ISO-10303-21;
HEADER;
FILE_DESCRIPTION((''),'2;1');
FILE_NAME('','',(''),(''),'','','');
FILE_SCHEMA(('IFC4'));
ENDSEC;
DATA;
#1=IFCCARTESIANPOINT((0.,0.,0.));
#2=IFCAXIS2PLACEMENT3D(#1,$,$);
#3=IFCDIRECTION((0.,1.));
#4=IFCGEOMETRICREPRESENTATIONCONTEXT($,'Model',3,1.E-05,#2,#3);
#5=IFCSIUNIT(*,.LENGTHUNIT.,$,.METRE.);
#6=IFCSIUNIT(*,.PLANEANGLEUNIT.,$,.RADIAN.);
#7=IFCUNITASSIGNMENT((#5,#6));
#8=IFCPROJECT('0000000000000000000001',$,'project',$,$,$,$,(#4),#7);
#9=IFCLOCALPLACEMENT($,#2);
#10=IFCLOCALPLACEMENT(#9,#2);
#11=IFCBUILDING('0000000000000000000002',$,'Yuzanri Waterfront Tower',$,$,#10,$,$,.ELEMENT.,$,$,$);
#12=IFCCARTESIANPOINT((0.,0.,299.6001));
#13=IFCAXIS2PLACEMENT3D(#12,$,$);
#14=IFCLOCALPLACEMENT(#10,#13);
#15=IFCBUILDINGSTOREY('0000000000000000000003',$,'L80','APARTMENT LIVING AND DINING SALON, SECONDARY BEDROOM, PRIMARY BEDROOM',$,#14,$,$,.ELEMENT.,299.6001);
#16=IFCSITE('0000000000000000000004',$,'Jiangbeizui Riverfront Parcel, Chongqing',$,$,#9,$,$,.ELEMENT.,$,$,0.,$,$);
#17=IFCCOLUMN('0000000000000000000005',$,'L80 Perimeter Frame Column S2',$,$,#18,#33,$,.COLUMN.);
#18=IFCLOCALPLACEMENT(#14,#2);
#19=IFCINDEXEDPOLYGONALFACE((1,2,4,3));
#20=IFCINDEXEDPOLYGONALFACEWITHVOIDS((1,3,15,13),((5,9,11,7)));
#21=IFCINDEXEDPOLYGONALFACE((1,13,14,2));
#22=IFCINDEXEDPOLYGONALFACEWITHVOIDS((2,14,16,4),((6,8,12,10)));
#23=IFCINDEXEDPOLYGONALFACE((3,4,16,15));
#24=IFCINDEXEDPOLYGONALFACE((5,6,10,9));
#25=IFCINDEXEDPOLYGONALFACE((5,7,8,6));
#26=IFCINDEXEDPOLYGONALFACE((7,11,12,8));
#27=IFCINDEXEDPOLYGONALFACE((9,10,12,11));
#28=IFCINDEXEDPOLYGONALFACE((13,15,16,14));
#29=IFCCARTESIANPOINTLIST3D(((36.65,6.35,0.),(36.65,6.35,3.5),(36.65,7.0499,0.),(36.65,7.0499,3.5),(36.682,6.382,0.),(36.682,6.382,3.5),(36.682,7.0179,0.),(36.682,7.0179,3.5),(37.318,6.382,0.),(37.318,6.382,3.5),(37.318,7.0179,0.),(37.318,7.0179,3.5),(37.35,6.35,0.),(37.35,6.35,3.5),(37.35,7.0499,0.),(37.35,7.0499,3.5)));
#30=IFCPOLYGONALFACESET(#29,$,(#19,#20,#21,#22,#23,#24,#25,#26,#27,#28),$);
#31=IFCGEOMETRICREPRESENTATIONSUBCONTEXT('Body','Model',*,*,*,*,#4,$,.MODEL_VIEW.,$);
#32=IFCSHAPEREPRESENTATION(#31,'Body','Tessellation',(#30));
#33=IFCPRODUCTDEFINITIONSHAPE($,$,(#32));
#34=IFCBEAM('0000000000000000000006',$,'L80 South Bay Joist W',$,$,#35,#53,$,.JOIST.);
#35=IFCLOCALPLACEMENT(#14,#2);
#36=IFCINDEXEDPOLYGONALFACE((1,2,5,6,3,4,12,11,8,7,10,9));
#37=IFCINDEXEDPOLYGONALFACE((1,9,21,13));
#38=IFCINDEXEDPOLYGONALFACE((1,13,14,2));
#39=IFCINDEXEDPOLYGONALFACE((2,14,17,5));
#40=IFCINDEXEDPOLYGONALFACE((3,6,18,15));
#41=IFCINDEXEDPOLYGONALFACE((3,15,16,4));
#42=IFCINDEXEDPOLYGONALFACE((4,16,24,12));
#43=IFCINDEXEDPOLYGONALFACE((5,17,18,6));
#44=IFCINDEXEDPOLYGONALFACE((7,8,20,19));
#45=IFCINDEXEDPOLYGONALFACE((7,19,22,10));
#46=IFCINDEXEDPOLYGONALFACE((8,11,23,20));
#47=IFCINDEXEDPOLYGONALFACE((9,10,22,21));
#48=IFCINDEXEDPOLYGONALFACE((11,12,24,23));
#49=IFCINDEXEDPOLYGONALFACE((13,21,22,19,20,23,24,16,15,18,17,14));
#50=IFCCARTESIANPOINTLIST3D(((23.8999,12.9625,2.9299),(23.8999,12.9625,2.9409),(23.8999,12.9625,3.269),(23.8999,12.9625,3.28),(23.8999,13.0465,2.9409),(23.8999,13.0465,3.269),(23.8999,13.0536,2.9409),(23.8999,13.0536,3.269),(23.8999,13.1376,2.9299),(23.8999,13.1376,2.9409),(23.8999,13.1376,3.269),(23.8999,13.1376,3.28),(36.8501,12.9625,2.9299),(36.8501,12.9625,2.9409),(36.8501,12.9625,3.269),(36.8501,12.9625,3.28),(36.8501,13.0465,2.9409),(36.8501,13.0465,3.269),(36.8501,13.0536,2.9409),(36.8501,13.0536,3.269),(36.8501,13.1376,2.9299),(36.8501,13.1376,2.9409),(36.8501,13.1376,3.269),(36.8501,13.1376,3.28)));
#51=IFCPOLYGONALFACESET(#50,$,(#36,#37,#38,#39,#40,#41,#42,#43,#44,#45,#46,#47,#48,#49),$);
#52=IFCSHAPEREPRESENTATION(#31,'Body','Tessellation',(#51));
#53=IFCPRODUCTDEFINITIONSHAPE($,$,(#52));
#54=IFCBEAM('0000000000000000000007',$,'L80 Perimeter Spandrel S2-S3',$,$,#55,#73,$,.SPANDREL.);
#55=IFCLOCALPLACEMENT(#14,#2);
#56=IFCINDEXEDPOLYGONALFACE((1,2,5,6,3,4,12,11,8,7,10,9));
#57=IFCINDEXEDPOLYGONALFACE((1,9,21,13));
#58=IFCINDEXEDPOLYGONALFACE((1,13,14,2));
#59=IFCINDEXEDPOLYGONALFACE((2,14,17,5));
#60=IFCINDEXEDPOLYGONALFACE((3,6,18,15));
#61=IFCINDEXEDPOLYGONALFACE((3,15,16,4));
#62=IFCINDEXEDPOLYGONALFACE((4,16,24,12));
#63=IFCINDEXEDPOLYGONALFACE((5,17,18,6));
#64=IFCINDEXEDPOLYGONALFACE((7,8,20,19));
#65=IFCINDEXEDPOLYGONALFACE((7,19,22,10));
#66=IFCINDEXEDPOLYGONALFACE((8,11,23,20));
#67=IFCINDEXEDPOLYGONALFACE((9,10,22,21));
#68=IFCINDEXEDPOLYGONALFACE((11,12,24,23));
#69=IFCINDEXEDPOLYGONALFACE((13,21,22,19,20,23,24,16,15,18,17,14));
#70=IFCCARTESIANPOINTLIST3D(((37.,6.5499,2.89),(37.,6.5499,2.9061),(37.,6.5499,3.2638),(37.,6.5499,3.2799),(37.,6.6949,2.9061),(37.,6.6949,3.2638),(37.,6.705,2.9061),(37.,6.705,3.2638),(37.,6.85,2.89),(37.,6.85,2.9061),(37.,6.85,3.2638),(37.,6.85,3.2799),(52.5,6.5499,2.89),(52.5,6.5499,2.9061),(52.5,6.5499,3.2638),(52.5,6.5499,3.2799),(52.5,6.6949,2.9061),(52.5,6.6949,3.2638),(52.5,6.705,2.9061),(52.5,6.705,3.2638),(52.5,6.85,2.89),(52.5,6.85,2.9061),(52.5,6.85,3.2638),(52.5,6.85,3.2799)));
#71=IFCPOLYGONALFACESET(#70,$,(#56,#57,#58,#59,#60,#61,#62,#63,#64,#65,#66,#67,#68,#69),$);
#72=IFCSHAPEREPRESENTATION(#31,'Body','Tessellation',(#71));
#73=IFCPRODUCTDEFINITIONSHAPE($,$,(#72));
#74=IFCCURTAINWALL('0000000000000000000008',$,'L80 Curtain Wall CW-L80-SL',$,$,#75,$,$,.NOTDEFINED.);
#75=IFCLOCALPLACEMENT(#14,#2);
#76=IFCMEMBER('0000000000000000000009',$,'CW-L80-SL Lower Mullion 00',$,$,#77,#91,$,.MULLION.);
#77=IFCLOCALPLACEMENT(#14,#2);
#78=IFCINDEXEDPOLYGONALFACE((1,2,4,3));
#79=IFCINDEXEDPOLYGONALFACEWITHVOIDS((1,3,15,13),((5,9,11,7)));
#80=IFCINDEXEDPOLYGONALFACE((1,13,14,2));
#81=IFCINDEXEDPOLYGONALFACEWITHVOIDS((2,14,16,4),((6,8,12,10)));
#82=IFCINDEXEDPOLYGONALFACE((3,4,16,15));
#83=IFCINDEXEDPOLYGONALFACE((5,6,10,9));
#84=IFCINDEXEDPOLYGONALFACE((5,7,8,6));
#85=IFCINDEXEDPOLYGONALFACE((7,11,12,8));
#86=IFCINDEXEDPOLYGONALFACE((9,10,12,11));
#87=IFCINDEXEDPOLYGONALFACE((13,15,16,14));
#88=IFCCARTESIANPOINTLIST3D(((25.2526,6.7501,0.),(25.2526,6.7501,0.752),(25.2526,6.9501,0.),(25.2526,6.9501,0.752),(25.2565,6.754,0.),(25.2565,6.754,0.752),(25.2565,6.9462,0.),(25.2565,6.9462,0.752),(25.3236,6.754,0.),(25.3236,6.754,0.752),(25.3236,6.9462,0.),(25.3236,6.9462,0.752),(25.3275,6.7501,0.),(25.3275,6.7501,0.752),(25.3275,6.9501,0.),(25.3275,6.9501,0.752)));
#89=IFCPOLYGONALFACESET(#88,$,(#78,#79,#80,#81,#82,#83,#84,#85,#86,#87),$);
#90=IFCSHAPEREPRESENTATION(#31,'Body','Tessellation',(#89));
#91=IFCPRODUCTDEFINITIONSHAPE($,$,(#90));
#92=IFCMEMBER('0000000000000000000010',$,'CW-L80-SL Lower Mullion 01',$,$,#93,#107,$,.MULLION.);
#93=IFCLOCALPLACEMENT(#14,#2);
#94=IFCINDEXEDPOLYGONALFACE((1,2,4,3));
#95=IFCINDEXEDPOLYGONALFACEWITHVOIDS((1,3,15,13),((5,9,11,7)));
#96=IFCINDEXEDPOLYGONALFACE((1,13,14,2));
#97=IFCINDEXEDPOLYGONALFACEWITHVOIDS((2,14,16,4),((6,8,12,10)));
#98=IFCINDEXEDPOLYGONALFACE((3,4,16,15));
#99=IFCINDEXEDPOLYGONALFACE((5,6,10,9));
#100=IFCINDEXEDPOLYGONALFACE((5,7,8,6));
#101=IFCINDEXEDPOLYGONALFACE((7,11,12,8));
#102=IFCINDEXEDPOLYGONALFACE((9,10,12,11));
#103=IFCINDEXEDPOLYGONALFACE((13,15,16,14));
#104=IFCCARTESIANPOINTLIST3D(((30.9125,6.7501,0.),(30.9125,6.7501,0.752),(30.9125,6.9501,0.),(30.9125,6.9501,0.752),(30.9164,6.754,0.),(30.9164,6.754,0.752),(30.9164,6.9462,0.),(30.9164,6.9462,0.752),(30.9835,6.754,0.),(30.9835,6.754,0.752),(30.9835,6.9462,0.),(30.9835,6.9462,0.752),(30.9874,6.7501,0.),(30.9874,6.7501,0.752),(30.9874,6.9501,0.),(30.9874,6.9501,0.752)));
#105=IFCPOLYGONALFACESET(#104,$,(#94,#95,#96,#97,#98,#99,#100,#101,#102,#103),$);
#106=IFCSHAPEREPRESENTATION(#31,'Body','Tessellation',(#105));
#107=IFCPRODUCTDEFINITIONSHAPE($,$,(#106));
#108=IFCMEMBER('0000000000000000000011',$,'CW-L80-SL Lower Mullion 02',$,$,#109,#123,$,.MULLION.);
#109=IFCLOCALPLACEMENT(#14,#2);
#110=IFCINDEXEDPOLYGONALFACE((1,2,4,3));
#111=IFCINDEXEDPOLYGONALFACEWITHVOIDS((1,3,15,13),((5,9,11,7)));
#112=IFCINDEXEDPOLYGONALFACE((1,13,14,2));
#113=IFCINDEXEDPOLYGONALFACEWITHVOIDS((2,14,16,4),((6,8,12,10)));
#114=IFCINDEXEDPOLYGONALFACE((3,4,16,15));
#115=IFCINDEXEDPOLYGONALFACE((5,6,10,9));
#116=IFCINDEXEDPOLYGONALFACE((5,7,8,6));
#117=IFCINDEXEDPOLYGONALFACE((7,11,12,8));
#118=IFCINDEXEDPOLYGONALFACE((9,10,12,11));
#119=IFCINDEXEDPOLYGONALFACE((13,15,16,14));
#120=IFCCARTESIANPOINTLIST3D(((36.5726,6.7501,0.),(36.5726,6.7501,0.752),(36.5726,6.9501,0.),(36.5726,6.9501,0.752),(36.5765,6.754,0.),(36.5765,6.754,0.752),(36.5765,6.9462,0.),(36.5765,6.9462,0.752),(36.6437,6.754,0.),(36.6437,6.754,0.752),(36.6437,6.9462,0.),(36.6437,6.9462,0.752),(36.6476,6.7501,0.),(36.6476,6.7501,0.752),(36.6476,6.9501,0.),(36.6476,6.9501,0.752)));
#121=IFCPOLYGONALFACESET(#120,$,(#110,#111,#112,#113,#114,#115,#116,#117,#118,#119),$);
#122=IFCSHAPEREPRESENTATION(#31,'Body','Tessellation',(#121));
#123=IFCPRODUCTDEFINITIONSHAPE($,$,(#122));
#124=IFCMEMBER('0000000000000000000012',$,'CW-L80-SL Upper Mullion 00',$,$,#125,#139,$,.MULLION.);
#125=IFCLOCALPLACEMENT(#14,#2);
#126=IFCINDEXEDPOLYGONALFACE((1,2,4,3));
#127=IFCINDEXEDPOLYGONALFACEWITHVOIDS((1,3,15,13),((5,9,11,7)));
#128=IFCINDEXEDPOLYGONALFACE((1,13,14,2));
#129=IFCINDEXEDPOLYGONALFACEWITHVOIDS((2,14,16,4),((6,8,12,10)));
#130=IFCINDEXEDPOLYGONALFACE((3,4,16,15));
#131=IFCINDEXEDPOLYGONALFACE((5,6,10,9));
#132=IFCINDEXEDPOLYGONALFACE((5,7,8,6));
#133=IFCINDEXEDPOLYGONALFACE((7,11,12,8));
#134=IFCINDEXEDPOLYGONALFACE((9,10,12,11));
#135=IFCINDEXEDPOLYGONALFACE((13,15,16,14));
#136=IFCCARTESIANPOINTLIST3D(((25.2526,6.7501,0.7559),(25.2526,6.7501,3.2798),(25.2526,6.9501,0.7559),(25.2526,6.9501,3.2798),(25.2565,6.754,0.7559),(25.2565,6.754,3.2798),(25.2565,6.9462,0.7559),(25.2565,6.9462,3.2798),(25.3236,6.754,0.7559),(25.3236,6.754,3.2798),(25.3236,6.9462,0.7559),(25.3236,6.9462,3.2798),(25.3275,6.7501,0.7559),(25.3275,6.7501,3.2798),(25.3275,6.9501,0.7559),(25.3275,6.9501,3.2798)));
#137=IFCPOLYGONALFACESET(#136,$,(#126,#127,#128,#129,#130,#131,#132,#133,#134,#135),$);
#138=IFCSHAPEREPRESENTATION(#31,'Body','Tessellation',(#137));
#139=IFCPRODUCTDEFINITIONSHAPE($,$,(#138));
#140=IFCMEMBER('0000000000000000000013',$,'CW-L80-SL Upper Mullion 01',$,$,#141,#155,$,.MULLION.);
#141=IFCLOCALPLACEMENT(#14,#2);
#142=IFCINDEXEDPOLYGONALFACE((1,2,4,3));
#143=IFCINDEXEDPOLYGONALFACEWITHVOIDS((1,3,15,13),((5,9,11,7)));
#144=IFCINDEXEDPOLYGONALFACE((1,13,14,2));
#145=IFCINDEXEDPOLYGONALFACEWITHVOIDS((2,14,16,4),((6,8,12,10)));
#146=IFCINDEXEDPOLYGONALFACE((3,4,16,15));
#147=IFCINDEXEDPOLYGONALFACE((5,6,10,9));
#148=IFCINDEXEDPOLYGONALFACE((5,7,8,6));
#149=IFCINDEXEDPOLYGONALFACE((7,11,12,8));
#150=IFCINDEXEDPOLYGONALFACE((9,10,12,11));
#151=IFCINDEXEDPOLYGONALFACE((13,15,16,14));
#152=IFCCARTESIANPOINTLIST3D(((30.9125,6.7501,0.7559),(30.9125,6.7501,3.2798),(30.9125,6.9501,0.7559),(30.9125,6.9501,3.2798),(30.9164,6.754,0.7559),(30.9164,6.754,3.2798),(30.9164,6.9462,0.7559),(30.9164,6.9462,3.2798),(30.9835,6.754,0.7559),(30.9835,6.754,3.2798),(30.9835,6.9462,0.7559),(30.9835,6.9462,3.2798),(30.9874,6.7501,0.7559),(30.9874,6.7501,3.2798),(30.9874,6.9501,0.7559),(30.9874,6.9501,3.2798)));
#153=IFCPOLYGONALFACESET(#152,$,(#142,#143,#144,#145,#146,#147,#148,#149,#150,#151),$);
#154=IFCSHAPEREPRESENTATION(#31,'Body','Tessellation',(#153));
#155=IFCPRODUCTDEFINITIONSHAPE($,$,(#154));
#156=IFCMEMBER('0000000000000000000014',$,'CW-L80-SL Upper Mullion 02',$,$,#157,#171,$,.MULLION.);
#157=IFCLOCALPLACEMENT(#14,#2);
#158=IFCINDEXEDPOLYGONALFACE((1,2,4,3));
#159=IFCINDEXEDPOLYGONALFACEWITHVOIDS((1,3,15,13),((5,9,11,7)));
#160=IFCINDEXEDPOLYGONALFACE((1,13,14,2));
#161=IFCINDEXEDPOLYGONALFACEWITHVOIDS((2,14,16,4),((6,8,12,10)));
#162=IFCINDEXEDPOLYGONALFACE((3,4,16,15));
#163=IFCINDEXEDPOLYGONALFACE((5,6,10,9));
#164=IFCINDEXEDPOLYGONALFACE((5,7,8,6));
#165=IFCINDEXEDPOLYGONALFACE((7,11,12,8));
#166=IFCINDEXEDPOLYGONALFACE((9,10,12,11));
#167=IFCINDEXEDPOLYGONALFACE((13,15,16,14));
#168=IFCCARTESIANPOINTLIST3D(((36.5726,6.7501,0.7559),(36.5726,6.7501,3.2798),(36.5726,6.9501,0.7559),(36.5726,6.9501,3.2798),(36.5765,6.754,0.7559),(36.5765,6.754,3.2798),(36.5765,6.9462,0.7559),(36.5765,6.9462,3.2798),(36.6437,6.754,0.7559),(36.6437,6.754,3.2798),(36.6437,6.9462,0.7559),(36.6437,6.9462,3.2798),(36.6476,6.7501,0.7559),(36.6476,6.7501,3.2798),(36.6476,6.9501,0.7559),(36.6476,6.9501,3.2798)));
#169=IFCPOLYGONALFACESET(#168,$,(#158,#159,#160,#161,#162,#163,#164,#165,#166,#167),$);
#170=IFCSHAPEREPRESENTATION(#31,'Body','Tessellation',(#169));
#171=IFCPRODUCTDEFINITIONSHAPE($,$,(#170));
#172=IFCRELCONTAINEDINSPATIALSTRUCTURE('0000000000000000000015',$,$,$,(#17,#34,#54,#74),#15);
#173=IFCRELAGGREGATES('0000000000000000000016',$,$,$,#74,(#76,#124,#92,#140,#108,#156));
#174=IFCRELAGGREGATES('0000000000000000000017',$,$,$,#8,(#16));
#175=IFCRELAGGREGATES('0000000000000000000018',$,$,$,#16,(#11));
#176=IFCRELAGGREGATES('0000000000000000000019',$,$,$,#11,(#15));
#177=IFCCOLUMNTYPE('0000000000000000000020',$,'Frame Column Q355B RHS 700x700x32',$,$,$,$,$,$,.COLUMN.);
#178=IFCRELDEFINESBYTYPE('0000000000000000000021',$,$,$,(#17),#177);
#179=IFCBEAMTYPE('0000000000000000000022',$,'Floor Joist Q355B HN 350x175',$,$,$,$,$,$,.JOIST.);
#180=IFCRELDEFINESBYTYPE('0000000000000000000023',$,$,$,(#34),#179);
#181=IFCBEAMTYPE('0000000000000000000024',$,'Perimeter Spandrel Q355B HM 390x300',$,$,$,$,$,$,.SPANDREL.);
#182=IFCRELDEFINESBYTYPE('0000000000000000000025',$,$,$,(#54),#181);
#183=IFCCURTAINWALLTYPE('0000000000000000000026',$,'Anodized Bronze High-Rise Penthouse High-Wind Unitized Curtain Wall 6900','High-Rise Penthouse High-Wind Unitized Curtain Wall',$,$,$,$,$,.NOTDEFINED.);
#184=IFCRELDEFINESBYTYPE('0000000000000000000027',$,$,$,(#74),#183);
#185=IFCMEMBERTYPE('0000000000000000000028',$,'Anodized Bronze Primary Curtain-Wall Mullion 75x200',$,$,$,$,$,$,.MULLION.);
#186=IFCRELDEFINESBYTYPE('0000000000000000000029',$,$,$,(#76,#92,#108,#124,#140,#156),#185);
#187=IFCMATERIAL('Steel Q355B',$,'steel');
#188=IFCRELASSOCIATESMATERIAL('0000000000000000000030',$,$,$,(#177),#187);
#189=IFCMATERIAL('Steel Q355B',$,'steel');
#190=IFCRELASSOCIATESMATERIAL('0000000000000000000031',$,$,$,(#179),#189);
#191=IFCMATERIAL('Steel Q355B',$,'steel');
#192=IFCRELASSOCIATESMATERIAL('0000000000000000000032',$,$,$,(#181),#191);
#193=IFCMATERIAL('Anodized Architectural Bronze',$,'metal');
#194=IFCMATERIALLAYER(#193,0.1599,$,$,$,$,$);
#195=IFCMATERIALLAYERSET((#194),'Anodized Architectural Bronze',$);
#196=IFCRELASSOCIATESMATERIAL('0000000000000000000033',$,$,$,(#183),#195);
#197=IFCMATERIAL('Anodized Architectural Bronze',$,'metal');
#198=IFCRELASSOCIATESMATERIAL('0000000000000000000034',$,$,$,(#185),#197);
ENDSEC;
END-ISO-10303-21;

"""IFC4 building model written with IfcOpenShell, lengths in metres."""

from ifc_helpers import new_model, si_unit, direction, frame, origin, origin_2d, place, context, subcontext, project, spatial, hollow_rectangle, i_section, extrude, source, transform, mapped, material, layer, layer_set, material_profile, profile_set, type_object, element, aggregate, save


model = new_model("IFC4")

# Units and contexts
model_context = context("Model", 3, precision=1e-05, world=origin(), true_north=direction((0.0, 1.0)))
body_context = subcontext(model_context, "Body", "Model", "MODEL_VIEW")
ifc_project = project(units=[si_unit("LENGTHUNIT", "METRE"), si_unit("PLANEANGLEUNIT", "RADIAN")], contexts=[model_context])

# Site, building, storey
site_placement = place(None, origin())
site = spatial("IfcSite", under=ifc_project, at=site_placement, Name="Jiangbeizui Riverfront Parcel, Chongqing", CompositionType="ELEMENT", RefElevation=0.0)
building_placement = place(site_placement, origin())
building = spatial("IfcBuilding", under=site, at=building_placement, Name="Yuzanri Waterfront Tower", CompositionType="ELEMENT")
storey_placement = place(building_placement, frame((0.0, 0.0, 299.6001)))
storey = spatial("IfcBuildingStorey", under=building, at=storey_placement, Name="L80", Description="APARTMENT LIVING AND DINING SALON, SECONDARY BEDROOM, PRIMARY BEDROOM", CompositionType="ELEMENT", Elevation=299.6001)

# Column
ifc_material_1 = material(Name="Steel Q355B", Category="steel")
ifc_material_profile_1 = material_profile(ifc_material_1, hollow_rectangle(XDim=0.7, YDim=0.7, WallThickness=0.032, at=origin_2d()), Name="RHS 700x700x32")
ifc_profile_set_1 = profile_set([ifc_material_profile_1], Name="Steel Q355B")
column_type = type_object("IfcColumnType", Name="Frame Column Q355B RHS 700x700x32", PredefinedType="COLUMN", material=ifc_profile_set_1)
shared_shape_1 = source(origin(), body_context, "Body", "SweptSolid", [
    extrude(hollow_rectangle(XDim=0.7, YDim=0.7, WallThickness=0.032, at=origin_2d()), origin(), (0.0, 0.0, 1.0), 3.5),
])
column_placement = place(storey_placement, frame((37.0, 6.7, 0.0), z_axis=(0.0, 0.0, 1.0), x_axis=(1.0, 0.0, 0.0)))
element("IfcColumn", 1, at=column_placement, inside=storey, type_object=column_type, Name="L80 Perimeter Frame Column S2", PredefinedType="COLUMN", context=body_context, shape_type="MappedRepresentation", body=[
    mapped(shared_shape_1, transform((0.0, 0.0, 0.0), scale=1.0)),
])

# Beams
ifc_material_2 = material(Name="Steel Q355B", Category="steel")
ifc_material_profile_2 = material_profile(ifc_material_2, i_section(OverallWidth=0.175, OverallDepth=0.3501, WebThickness=0.0071, FlangeThickness=0.011, at=origin_2d()), Name="HN 350x175x7x11")
ifc_profile_set_2 = profile_set([ifc_material_profile_2], Name="Steel Q355B")
beam_type_1 = type_object("IfcBeamType", Name="Floor Joist Q355B HN 350x175", PredefinedType="JOIST", material=ifc_profile_set_2)
shared_shape_2 = source(origin(), body_context, "Body", "SweptSolid", [
    extrude(i_section(OverallWidth=0.175, OverallDepth=0.3501, WebThickness=0.0071, FlangeThickness=0.011, at=origin_2d()), origin(), (0.0, 0.0, 1.0), 12.9502),
])
beam_1_placement = place(storey_placement, frame((23.8999, 13.05, 3.105), z_axis=(1.0, 0.0, 0.0), x_axis=(0.0, 1.0, 0.0)))
element("IfcBeam", 2, at=beam_1_placement, inside=storey, type_object=beam_type_1, Name="L80 South Bay Joist W", PredefinedType="JOIST", context=body_context, shape_type="MappedRepresentation", body=[
    mapped(shared_shape_2, transform((0.0, 0.0, 0.0), scale=1.0)),
])
ifc_material_3 = material(Name="Steel Q355B", Category="steel")
ifc_material_profile_3 = material_profile(ifc_material_3, i_section(OverallWidth=0.3, OverallDepth=0.3899, WebThickness=0.01, FlangeThickness=0.0161, at=origin_2d()), Name="HM 390x300x10x16")
ifc_profile_set_3 = profile_set([ifc_material_profile_3], Name="Steel Q355B")
beam_type_2 = type_object("IfcBeamType", Name="Perimeter Spandrel Q355B HM 390x300", PredefinedType="SPANDREL", material=ifc_profile_set_3)
shared_shape_3 = source(origin(), body_context, "Body", "SweptSolid", [
    extrude(i_section(OverallWidth=0.3, OverallDepth=0.3899, WebThickness=0.01, FlangeThickness=0.0161, at=origin_2d()), origin(), (0.0, 0.0, 1.0), 15.5),
])
beam_2_placement = place(storey_placement, frame((37.0, 6.7, 3.085), z_axis=(1.0, 0.0, 0.0), x_axis=(0.0, 1.0, 0.0)))
element("IfcBeam", 3, at=beam_2_placement, inside=storey, type_object=beam_type_2, Name="L80 Perimeter Spandrel S2-S3", PredefinedType="SPANDREL", context=body_context, shape_type="MappedRepresentation", body=[
    mapped(shared_shape_3, transform((0.0, 0.0, 0.0), scale=1.0)),
])

# Curtain wall, members
ifc_material_4 = material(Name="Anodized Architectural Bronze", Category="metal")
ifc_layer_1 = layer(ifc_material_4, 0.1599)
ifc_layer_set_1 = layer_set([ifc_layer_1], Name="Anodized Architectural Bronze")
curtain_wall_type = type_object("IfcCurtainWallType", Name="Anodized Bronze High-Rise Penthouse High-Wind Unitized Curtain Wall 6900", Description="High-Rise Penthouse High-Wind Unitized Curtain Wall", PredefinedType="NOTDEFINED", material=ifc_layer_set_1)
curtain_wall_placement = place(storey_placement, origin())
curtain_wall = element("IfcCurtainWall", 4, at=curtain_wall_placement, inside=storey, type_object=curtain_wall_type, Name="L80 Curtain Wall CW-L80-SL", PredefinedType="NOTDEFINED")
ifc_material_5 = material(Name="Anodized Architectural Bronze", Category="metal")
ifc_material_profile_4 = material_profile(ifc_material_5, hollow_rectangle(XDim=0.075, YDim=0.2, WallThickness=0.0039, at=origin_2d()), Name="CWM 75x200")
ifc_profile_set_4 = profile_set([ifc_material_profile_4], Name="Anodized Architectural Bronze")
member_type_1 = type_object("IfcMemberType", Name="Anodized Bronze Primary Curtain-Wall Mullion 75x200", PredefinedType="MULLION", material=ifc_profile_set_4)
shared_shape_4 = source(origin(), body_context, "Body", "SweptSolid", [
    extrude(hollow_rectangle(XDim=0.075, YDim=0.2, WallThickness=0.0039, at=origin_2d()), origin(), (0.0, 0.0, 1.0), 0.752),
])
member_1_placement = place(storey_placement, frame((25.29, 6.8501, 0.0), z_axis=(0.0, 0.0, 1.0), x_axis=(1.0, 0.0, 0.0)))
member_1 = element("IfcMember", 5, at=member_1_placement, type_object=member_type_1, Name="CW-L80-SL Lower Mullion 00", PredefinedType="MULLION", context=body_context, shape_type="MappedRepresentation", body=[
    mapped(shared_shape_4, transform((0.0, 0.0, 0.0), scale=1.0)),
])
member_2_placement = place(storey_placement, frame((30.95, 6.8501, 0.0), z_axis=(0.0, 0.0, 1.0), x_axis=(1.0, 0.0, 0.0)))
member_2 = element("IfcMember", 6, at=member_2_placement, type_object=member_type_1, Name="CW-L80-SL Lower Mullion 01", PredefinedType="MULLION", context=body_context, shape_type="MappedRepresentation", body=[
    mapped(shared_shape_4, transform((0.0, 0.0, 0.0), scale=1.0)),
])
member_3_placement = place(storey_placement, frame((36.6101, 6.8501, 0.0), z_axis=(0.0, 0.0, 1.0), x_axis=(1.0, 0.0, 0.0)))
member_3 = element("IfcMember", 7, at=member_3_placement, type_object=member_type_1, Name="CW-L80-SL Lower Mullion 02", PredefinedType="MULLION", context=body_context, shape_type="MappedRepresentation", body=[
    mapped(shared_shape_4, transform((0.0, 0.0, 0.0), scale=1.0)),
])
shared_shape_5 = source(origin(), body_context, "Body", "SweptSolid", [
    extrude(hollow_rectangle(XDim=0.075, YDim=0.2, WallThickness=0.0039, at=origin_2d()), origin(), (0.0, 0.0, 1.0), 2.5239),
])
member_4_placement = place(storey_placement, frame((25.29, 6.8501, 0.7559), z_axis=(0.0, 0.0, 1.0), x_axis=(1.0, 0.0, 0.0)))
member_4 = element("IfcMember", 8, at=member_4_placement, type_object=member_type_1, Name="CW-L80-SL Upper Mullion 00", PredefinedType="MULLION", context=body_context, shape_type="MappedRepresentation", body=[
    mapped(shared_shape_5, transform((0.0, 0.0, 0.0), scale=1.0)),
])
member_5_placement = place(storey_placement, frame((30.95, 6.8501, 0.7559), z_axis=(0.0, 0.0, 1.0), x_axis=(1.0, 0.0, 0.0)))
member_5 = element("IfcMember", 9, at=member_5_placement, type_object=member_type_1, Name="CW-L80-SL Upper Mullion 01", PredefinedType="MULLION", context=body_context, shape_type="MappedRepresentation", body=[
    mapped(shared_shape_5, transform((0.0, 0.0, 0.0), scale=1.0)),
])
member_6_placement = place(storey_placement, frame((36.6101, 6.8501, 0.7559), z_axis=(0.0, 0.0, 1.0), x_axis=(1.0, 0.0, 0.0)))
member_6 = element("IfcMember", 10, at=member_6_placement, type_object=member_type_1, Name="CW-L80-SL Upper Mullion 02", PredefinedType="MULLION", context=body_context, shape_type="MappedRepresentation", body=[
    mapped(shared_shape_5, transform((0.0, 0.0, 0.0), scale=1.0)),
])
aggregate(curtain_wall, [member_1, member_4, member_2, member_5, member_3, member_6])

save(model, "model.ifc")
